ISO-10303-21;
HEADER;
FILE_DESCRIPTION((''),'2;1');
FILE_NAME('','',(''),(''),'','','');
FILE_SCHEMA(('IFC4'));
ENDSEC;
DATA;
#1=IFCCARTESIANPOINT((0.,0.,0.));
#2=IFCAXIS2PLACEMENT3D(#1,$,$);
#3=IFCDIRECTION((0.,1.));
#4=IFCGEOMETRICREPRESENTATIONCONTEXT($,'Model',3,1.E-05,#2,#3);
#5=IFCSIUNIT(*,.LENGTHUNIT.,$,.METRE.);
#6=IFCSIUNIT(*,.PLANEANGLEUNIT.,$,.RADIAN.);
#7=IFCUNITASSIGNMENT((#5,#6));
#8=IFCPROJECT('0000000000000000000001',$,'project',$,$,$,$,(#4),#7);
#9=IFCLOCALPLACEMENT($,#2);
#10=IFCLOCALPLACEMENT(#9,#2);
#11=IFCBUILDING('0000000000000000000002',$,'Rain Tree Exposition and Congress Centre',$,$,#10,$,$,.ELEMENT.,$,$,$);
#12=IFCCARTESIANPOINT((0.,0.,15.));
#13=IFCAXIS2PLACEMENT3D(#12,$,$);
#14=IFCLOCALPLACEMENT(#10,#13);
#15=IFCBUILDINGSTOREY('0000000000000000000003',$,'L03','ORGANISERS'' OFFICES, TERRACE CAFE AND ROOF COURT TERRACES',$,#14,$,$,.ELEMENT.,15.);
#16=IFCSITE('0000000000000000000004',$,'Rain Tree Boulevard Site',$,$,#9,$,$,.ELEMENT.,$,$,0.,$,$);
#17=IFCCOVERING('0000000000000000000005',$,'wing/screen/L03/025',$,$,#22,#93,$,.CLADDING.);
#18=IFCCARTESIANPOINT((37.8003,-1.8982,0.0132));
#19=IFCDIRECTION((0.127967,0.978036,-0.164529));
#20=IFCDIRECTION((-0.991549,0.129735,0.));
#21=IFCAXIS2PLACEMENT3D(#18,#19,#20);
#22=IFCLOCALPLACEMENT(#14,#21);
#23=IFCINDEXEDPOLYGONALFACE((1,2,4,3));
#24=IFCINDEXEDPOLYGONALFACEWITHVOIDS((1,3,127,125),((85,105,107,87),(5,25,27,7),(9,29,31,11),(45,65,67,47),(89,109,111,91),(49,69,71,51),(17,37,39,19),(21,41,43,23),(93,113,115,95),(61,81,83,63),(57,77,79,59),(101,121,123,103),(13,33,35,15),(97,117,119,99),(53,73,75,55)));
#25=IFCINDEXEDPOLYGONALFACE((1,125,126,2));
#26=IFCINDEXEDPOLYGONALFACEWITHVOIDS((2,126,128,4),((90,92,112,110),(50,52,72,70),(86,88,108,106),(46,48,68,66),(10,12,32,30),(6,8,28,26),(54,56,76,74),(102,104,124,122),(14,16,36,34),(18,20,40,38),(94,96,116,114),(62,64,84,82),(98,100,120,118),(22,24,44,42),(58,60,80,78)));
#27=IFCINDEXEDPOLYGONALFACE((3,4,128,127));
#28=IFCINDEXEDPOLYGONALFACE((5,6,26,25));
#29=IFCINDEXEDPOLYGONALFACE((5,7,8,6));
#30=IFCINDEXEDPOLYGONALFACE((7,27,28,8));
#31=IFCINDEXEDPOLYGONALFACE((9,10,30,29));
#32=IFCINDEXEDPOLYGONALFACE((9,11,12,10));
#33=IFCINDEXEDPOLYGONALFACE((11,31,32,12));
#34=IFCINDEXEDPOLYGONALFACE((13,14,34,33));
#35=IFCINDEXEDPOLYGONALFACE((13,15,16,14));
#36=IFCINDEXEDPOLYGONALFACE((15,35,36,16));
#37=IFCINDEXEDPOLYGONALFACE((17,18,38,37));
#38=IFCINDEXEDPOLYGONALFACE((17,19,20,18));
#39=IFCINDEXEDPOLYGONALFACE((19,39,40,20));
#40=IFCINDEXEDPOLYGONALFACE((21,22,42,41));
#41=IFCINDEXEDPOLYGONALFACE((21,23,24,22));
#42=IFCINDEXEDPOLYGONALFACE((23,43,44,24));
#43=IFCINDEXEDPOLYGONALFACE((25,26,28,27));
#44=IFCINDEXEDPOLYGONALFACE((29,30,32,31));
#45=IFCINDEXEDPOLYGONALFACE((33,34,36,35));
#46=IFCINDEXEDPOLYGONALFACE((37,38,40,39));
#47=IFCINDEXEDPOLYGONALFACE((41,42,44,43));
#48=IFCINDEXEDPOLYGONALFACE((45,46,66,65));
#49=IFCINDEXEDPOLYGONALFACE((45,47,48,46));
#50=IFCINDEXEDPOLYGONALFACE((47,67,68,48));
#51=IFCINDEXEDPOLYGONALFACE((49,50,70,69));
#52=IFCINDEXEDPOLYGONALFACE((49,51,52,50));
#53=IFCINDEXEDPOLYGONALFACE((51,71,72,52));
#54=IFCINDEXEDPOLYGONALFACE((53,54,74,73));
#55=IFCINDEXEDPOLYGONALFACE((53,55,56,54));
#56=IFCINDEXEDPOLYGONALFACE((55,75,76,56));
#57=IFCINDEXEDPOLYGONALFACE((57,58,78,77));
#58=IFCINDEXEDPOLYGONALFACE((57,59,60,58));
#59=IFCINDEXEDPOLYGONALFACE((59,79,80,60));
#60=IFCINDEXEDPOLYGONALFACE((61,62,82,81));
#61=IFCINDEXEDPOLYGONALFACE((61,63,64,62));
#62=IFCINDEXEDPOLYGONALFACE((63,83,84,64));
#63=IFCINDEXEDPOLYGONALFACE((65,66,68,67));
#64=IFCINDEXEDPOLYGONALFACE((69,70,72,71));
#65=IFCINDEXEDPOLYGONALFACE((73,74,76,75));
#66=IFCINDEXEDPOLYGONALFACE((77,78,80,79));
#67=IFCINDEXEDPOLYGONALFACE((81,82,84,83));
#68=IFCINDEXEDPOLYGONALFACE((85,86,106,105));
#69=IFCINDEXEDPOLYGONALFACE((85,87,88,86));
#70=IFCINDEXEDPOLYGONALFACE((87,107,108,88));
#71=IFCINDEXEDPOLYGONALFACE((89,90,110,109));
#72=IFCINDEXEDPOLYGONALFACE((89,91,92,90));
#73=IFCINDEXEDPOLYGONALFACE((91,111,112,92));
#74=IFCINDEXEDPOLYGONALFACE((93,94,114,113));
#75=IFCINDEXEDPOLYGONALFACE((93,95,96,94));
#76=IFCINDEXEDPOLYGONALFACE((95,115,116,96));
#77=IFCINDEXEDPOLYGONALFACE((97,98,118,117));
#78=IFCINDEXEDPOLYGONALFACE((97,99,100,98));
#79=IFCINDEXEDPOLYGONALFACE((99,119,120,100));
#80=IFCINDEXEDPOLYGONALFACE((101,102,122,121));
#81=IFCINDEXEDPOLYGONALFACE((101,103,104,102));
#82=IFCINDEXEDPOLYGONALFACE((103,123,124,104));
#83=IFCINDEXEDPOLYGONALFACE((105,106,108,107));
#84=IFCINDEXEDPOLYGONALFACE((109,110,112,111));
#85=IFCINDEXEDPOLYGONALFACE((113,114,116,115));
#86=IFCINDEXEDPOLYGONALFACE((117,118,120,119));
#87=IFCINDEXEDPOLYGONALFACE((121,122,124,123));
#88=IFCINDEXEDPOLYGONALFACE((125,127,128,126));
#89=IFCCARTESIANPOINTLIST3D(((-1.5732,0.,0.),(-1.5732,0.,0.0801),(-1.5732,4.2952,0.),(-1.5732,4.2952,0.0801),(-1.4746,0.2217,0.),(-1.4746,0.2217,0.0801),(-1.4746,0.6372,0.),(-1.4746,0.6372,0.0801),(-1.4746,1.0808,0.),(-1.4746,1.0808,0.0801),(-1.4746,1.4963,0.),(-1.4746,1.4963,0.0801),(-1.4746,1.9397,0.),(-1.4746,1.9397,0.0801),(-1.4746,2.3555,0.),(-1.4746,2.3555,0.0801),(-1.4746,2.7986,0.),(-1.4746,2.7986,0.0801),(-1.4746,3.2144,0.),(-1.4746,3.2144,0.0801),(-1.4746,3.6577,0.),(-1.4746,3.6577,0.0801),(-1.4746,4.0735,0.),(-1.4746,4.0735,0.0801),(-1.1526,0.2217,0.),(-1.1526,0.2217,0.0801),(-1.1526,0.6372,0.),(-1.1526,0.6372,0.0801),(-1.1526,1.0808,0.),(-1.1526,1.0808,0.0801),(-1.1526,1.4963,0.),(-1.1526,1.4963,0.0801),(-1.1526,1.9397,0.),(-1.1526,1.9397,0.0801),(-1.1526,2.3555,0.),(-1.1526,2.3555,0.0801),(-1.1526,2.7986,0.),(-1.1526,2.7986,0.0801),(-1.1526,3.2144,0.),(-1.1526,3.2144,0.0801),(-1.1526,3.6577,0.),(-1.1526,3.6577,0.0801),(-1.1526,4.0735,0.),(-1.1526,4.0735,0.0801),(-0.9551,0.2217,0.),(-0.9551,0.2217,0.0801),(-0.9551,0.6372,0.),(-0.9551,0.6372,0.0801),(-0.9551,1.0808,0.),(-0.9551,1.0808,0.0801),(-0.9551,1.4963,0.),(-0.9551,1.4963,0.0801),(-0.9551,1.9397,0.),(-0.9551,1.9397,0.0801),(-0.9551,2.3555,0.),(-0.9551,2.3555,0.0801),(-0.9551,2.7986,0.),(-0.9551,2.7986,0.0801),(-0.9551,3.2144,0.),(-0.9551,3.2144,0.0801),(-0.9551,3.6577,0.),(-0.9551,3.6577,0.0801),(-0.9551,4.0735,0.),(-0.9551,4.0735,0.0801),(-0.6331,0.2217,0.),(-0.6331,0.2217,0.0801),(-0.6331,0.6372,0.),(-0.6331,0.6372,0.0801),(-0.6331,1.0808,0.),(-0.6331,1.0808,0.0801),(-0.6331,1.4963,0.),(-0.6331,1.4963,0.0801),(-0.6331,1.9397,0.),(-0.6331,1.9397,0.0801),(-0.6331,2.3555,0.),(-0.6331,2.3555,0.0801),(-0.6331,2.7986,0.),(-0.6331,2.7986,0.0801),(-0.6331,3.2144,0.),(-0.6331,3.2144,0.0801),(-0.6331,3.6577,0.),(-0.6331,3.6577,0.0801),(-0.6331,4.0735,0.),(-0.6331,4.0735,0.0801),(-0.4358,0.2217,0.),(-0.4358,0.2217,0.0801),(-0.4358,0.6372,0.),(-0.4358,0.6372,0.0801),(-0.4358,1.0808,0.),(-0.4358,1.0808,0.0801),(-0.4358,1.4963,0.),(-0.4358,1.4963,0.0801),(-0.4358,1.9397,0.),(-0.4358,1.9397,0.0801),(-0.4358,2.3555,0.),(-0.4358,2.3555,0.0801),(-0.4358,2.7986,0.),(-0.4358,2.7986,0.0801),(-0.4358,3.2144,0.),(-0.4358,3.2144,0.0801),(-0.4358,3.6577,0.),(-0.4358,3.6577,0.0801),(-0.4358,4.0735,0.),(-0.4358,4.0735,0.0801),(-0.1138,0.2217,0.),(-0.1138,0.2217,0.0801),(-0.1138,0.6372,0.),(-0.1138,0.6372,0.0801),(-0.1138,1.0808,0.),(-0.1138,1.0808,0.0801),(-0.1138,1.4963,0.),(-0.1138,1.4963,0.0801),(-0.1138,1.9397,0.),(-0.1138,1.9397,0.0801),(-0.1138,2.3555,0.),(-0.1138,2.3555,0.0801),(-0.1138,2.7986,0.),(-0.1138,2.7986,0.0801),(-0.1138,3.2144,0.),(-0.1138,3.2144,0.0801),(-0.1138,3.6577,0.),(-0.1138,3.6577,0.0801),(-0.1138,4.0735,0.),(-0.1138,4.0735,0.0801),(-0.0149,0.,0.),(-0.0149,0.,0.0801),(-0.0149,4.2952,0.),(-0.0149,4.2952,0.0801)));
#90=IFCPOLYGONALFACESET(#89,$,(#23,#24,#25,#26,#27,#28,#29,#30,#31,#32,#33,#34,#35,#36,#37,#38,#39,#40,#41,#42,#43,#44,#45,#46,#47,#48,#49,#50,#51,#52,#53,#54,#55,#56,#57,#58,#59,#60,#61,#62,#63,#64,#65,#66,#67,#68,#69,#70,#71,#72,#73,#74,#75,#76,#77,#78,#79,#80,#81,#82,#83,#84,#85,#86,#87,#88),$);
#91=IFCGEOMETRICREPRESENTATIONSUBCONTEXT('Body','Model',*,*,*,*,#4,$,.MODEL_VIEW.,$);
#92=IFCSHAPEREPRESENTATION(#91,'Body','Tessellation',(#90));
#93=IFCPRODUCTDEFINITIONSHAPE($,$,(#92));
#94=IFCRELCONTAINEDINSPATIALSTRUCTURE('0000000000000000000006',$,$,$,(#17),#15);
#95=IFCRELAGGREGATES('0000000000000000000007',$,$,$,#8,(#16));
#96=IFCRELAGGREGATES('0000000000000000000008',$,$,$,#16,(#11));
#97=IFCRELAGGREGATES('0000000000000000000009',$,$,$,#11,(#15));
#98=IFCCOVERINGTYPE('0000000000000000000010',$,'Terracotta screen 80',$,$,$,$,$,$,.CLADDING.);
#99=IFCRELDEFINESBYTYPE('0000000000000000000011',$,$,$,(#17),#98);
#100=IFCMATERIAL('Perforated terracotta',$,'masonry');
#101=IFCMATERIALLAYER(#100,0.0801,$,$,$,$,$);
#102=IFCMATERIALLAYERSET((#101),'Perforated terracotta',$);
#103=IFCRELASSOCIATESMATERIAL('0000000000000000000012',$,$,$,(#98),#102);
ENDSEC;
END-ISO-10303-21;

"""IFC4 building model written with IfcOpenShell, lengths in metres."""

from ifc_helpers import new_model, si_unit, direction, frame, origin, place, context, subcontext, project, spatial, polyline, outline, extrude, material, layer, layer_set, type_object, element, save


model = new_model("IFC4")

# Units and contexts
model_context = context("Model", 3, precision=1e-05, world=origin(), true_north=direction((0.0, 1.0)))
body_context = subcontext(model_context, "Body", "Model", "MODEL_VIEW")
ifc_project = project(units=[si_unit("LENGTHUNIT", "METRE"), si_unit("PLANEANGLEUNIT", "RADIAN")], contexts=[model_context])

# Site, building, storey
site_placement = place(None, origin())
site = spatial("IfcSite", under=ifc_project, at=site_placement, Name="Rain Tree Boulevard Site", CompositionType="ELEMENT", RefElevation=0.0)
building_placement = place(site_placement, origin())
building = spatial("IfcBuilding", under=site, at=building_placement, Name="Rain Tree Exposition and Congress Centre", CompositionType="ELEMENT")
storey_placement = place(building_placement, frame((0.0, 0.0, 15.0)))
storey = spatial("IfcBuildingStorey", under=building, at=storey_placement, Name="L03", Description="ORGANISERS' OFFICES, TERRACE CAFE AND ROOF COURT TERRACES", CompositionType="ELEMENT", Elevation=15.0)

# Covering
ifc_material_1 = material(Name="Perforated terracotta", Category="masonry")
ifc_layer_1 = layer(ifc_material_1, 0.0801)
ifc_layer_set_1 = layer_set([ifc_layer_1], Name="Perforated terracotta")
covering_type = type_object("IfcCoveringType", Name="Terracotta screen 80", PredefinedType="CLADDING", material=ifc_layer_set_1)
covering_1_placement = place(storey_placement, frame((37.8003, -1.8982, 0.0132), z_axis=(0.127967, 0.978036, -0.164529), x_axis=(-0.991549, 0.129735, 0.0)))
element("IfcCovering", 1, at=covering_1_placement, inside=storey, type_object=covering_type, Name="wing/screen/L03/025", PredefinedType="CLADDING", context=body_context, shape_type="SweptSolid", body=[
    extrude(outline(polyline([(-1.5732, 0.0), (-1.5732, 4.2952), (-0.0149, 4.2952), (-0.0149, 0.0), (-1.5732, 0.0)]), holes=[polyline([(-0.1138, 0.2217), (-0.1138, 0.6372), (-0.4358, 0.6372), (-0.4358, 0.2217), (-0.1138, 0.2217)]), polyline([(-0.1138, 1.0808), (-0.1138, 1.4963), (-0.4358, 1.4963), (-0.4358, 1.0808), (-0.1138, 1.0808)]), polyline([(-0.1138, 1.9397), (-0.1138, 2.3555), (-0.4358, 2.3555), (-0.4358, 1.9397), (-0.1138, 1.9397)]), polyline([(-0.1138, 2.7986), (-0.1138, 3.2144), (-0.4358, 3.2144), (-0.4358, 2.7986), (-0.1138, 2.7986)]), polyline([(-0.1138, 3.6577), (-0.1138, 4.0735), (-0.4358, 4.0735), (-0.4358, 3.6577), (-0.1138, 3.6577)]), polyline([(-0.6331, 0.2217), (-0.6331, 0.6372), (-0.9551, 0.6372), (-0.9551, 0.2217), (-0.6331, 0.2217)]), polyline([(-0.6331, 1.0808), (-0.6331, 1.4963), (-0.9551, 1.4963), (-0.9551, 1.0808), (-0.6331, 1.0808)]), polyline([(-0.6331, 1.9397), (-0.6331, 2.3555), (-0.9551, 2.3555), (-0.9551, 1.9397), (-0.6331, 1.9397)]), polyline([(-0.6331, 2.7986), (-0.6331, 3.2144), (-0.9551, 3.2144), (-0.9551, 2.7986), (-0.6331, 2.7986)]), polyline([(-0.6331, 3.6577), (-0.6331, 4.0735), (-0.9551, 4.0735), (-0.9551, 3.6577), (-0.6331, 3.6577)]), polyline([(-1.1526, 0.2217), (-1.1526, 0.6372), (-1.4746, 0.6372), (-1.4746, 0.2217), (-1.1526, 0.2217)]), polyline([(-1.1526, 1.0808), (-1.1526, 1.4963), (-1.4746, 1.4963), (-1.4746, 1.0808), (-1.1526, 1.0808)]), polyline([(-1.1526, 1.9397), (-1.1526, 2.3555), (-1.4746, 2.3555), (-1.4746, 1.9397), (-1.1526, 1.9397)]), polyline([(-1.1526, 2.7986), (-1.1526, 3.2144), (-1.4746, 3.2144), (-1.4746, 2.7986), (-1.1526, 2.7986)]), polyline([(-1.1526, 3.6577), (-1.1526, 4.0735), (-1.4746, 4.0735), (-1.4746, 3.6577), (-1.1526, 3.6577)])]), origin(), (0.0, 0.0, 1.0), 0.0801),
])

save(model, "model.ifc")
